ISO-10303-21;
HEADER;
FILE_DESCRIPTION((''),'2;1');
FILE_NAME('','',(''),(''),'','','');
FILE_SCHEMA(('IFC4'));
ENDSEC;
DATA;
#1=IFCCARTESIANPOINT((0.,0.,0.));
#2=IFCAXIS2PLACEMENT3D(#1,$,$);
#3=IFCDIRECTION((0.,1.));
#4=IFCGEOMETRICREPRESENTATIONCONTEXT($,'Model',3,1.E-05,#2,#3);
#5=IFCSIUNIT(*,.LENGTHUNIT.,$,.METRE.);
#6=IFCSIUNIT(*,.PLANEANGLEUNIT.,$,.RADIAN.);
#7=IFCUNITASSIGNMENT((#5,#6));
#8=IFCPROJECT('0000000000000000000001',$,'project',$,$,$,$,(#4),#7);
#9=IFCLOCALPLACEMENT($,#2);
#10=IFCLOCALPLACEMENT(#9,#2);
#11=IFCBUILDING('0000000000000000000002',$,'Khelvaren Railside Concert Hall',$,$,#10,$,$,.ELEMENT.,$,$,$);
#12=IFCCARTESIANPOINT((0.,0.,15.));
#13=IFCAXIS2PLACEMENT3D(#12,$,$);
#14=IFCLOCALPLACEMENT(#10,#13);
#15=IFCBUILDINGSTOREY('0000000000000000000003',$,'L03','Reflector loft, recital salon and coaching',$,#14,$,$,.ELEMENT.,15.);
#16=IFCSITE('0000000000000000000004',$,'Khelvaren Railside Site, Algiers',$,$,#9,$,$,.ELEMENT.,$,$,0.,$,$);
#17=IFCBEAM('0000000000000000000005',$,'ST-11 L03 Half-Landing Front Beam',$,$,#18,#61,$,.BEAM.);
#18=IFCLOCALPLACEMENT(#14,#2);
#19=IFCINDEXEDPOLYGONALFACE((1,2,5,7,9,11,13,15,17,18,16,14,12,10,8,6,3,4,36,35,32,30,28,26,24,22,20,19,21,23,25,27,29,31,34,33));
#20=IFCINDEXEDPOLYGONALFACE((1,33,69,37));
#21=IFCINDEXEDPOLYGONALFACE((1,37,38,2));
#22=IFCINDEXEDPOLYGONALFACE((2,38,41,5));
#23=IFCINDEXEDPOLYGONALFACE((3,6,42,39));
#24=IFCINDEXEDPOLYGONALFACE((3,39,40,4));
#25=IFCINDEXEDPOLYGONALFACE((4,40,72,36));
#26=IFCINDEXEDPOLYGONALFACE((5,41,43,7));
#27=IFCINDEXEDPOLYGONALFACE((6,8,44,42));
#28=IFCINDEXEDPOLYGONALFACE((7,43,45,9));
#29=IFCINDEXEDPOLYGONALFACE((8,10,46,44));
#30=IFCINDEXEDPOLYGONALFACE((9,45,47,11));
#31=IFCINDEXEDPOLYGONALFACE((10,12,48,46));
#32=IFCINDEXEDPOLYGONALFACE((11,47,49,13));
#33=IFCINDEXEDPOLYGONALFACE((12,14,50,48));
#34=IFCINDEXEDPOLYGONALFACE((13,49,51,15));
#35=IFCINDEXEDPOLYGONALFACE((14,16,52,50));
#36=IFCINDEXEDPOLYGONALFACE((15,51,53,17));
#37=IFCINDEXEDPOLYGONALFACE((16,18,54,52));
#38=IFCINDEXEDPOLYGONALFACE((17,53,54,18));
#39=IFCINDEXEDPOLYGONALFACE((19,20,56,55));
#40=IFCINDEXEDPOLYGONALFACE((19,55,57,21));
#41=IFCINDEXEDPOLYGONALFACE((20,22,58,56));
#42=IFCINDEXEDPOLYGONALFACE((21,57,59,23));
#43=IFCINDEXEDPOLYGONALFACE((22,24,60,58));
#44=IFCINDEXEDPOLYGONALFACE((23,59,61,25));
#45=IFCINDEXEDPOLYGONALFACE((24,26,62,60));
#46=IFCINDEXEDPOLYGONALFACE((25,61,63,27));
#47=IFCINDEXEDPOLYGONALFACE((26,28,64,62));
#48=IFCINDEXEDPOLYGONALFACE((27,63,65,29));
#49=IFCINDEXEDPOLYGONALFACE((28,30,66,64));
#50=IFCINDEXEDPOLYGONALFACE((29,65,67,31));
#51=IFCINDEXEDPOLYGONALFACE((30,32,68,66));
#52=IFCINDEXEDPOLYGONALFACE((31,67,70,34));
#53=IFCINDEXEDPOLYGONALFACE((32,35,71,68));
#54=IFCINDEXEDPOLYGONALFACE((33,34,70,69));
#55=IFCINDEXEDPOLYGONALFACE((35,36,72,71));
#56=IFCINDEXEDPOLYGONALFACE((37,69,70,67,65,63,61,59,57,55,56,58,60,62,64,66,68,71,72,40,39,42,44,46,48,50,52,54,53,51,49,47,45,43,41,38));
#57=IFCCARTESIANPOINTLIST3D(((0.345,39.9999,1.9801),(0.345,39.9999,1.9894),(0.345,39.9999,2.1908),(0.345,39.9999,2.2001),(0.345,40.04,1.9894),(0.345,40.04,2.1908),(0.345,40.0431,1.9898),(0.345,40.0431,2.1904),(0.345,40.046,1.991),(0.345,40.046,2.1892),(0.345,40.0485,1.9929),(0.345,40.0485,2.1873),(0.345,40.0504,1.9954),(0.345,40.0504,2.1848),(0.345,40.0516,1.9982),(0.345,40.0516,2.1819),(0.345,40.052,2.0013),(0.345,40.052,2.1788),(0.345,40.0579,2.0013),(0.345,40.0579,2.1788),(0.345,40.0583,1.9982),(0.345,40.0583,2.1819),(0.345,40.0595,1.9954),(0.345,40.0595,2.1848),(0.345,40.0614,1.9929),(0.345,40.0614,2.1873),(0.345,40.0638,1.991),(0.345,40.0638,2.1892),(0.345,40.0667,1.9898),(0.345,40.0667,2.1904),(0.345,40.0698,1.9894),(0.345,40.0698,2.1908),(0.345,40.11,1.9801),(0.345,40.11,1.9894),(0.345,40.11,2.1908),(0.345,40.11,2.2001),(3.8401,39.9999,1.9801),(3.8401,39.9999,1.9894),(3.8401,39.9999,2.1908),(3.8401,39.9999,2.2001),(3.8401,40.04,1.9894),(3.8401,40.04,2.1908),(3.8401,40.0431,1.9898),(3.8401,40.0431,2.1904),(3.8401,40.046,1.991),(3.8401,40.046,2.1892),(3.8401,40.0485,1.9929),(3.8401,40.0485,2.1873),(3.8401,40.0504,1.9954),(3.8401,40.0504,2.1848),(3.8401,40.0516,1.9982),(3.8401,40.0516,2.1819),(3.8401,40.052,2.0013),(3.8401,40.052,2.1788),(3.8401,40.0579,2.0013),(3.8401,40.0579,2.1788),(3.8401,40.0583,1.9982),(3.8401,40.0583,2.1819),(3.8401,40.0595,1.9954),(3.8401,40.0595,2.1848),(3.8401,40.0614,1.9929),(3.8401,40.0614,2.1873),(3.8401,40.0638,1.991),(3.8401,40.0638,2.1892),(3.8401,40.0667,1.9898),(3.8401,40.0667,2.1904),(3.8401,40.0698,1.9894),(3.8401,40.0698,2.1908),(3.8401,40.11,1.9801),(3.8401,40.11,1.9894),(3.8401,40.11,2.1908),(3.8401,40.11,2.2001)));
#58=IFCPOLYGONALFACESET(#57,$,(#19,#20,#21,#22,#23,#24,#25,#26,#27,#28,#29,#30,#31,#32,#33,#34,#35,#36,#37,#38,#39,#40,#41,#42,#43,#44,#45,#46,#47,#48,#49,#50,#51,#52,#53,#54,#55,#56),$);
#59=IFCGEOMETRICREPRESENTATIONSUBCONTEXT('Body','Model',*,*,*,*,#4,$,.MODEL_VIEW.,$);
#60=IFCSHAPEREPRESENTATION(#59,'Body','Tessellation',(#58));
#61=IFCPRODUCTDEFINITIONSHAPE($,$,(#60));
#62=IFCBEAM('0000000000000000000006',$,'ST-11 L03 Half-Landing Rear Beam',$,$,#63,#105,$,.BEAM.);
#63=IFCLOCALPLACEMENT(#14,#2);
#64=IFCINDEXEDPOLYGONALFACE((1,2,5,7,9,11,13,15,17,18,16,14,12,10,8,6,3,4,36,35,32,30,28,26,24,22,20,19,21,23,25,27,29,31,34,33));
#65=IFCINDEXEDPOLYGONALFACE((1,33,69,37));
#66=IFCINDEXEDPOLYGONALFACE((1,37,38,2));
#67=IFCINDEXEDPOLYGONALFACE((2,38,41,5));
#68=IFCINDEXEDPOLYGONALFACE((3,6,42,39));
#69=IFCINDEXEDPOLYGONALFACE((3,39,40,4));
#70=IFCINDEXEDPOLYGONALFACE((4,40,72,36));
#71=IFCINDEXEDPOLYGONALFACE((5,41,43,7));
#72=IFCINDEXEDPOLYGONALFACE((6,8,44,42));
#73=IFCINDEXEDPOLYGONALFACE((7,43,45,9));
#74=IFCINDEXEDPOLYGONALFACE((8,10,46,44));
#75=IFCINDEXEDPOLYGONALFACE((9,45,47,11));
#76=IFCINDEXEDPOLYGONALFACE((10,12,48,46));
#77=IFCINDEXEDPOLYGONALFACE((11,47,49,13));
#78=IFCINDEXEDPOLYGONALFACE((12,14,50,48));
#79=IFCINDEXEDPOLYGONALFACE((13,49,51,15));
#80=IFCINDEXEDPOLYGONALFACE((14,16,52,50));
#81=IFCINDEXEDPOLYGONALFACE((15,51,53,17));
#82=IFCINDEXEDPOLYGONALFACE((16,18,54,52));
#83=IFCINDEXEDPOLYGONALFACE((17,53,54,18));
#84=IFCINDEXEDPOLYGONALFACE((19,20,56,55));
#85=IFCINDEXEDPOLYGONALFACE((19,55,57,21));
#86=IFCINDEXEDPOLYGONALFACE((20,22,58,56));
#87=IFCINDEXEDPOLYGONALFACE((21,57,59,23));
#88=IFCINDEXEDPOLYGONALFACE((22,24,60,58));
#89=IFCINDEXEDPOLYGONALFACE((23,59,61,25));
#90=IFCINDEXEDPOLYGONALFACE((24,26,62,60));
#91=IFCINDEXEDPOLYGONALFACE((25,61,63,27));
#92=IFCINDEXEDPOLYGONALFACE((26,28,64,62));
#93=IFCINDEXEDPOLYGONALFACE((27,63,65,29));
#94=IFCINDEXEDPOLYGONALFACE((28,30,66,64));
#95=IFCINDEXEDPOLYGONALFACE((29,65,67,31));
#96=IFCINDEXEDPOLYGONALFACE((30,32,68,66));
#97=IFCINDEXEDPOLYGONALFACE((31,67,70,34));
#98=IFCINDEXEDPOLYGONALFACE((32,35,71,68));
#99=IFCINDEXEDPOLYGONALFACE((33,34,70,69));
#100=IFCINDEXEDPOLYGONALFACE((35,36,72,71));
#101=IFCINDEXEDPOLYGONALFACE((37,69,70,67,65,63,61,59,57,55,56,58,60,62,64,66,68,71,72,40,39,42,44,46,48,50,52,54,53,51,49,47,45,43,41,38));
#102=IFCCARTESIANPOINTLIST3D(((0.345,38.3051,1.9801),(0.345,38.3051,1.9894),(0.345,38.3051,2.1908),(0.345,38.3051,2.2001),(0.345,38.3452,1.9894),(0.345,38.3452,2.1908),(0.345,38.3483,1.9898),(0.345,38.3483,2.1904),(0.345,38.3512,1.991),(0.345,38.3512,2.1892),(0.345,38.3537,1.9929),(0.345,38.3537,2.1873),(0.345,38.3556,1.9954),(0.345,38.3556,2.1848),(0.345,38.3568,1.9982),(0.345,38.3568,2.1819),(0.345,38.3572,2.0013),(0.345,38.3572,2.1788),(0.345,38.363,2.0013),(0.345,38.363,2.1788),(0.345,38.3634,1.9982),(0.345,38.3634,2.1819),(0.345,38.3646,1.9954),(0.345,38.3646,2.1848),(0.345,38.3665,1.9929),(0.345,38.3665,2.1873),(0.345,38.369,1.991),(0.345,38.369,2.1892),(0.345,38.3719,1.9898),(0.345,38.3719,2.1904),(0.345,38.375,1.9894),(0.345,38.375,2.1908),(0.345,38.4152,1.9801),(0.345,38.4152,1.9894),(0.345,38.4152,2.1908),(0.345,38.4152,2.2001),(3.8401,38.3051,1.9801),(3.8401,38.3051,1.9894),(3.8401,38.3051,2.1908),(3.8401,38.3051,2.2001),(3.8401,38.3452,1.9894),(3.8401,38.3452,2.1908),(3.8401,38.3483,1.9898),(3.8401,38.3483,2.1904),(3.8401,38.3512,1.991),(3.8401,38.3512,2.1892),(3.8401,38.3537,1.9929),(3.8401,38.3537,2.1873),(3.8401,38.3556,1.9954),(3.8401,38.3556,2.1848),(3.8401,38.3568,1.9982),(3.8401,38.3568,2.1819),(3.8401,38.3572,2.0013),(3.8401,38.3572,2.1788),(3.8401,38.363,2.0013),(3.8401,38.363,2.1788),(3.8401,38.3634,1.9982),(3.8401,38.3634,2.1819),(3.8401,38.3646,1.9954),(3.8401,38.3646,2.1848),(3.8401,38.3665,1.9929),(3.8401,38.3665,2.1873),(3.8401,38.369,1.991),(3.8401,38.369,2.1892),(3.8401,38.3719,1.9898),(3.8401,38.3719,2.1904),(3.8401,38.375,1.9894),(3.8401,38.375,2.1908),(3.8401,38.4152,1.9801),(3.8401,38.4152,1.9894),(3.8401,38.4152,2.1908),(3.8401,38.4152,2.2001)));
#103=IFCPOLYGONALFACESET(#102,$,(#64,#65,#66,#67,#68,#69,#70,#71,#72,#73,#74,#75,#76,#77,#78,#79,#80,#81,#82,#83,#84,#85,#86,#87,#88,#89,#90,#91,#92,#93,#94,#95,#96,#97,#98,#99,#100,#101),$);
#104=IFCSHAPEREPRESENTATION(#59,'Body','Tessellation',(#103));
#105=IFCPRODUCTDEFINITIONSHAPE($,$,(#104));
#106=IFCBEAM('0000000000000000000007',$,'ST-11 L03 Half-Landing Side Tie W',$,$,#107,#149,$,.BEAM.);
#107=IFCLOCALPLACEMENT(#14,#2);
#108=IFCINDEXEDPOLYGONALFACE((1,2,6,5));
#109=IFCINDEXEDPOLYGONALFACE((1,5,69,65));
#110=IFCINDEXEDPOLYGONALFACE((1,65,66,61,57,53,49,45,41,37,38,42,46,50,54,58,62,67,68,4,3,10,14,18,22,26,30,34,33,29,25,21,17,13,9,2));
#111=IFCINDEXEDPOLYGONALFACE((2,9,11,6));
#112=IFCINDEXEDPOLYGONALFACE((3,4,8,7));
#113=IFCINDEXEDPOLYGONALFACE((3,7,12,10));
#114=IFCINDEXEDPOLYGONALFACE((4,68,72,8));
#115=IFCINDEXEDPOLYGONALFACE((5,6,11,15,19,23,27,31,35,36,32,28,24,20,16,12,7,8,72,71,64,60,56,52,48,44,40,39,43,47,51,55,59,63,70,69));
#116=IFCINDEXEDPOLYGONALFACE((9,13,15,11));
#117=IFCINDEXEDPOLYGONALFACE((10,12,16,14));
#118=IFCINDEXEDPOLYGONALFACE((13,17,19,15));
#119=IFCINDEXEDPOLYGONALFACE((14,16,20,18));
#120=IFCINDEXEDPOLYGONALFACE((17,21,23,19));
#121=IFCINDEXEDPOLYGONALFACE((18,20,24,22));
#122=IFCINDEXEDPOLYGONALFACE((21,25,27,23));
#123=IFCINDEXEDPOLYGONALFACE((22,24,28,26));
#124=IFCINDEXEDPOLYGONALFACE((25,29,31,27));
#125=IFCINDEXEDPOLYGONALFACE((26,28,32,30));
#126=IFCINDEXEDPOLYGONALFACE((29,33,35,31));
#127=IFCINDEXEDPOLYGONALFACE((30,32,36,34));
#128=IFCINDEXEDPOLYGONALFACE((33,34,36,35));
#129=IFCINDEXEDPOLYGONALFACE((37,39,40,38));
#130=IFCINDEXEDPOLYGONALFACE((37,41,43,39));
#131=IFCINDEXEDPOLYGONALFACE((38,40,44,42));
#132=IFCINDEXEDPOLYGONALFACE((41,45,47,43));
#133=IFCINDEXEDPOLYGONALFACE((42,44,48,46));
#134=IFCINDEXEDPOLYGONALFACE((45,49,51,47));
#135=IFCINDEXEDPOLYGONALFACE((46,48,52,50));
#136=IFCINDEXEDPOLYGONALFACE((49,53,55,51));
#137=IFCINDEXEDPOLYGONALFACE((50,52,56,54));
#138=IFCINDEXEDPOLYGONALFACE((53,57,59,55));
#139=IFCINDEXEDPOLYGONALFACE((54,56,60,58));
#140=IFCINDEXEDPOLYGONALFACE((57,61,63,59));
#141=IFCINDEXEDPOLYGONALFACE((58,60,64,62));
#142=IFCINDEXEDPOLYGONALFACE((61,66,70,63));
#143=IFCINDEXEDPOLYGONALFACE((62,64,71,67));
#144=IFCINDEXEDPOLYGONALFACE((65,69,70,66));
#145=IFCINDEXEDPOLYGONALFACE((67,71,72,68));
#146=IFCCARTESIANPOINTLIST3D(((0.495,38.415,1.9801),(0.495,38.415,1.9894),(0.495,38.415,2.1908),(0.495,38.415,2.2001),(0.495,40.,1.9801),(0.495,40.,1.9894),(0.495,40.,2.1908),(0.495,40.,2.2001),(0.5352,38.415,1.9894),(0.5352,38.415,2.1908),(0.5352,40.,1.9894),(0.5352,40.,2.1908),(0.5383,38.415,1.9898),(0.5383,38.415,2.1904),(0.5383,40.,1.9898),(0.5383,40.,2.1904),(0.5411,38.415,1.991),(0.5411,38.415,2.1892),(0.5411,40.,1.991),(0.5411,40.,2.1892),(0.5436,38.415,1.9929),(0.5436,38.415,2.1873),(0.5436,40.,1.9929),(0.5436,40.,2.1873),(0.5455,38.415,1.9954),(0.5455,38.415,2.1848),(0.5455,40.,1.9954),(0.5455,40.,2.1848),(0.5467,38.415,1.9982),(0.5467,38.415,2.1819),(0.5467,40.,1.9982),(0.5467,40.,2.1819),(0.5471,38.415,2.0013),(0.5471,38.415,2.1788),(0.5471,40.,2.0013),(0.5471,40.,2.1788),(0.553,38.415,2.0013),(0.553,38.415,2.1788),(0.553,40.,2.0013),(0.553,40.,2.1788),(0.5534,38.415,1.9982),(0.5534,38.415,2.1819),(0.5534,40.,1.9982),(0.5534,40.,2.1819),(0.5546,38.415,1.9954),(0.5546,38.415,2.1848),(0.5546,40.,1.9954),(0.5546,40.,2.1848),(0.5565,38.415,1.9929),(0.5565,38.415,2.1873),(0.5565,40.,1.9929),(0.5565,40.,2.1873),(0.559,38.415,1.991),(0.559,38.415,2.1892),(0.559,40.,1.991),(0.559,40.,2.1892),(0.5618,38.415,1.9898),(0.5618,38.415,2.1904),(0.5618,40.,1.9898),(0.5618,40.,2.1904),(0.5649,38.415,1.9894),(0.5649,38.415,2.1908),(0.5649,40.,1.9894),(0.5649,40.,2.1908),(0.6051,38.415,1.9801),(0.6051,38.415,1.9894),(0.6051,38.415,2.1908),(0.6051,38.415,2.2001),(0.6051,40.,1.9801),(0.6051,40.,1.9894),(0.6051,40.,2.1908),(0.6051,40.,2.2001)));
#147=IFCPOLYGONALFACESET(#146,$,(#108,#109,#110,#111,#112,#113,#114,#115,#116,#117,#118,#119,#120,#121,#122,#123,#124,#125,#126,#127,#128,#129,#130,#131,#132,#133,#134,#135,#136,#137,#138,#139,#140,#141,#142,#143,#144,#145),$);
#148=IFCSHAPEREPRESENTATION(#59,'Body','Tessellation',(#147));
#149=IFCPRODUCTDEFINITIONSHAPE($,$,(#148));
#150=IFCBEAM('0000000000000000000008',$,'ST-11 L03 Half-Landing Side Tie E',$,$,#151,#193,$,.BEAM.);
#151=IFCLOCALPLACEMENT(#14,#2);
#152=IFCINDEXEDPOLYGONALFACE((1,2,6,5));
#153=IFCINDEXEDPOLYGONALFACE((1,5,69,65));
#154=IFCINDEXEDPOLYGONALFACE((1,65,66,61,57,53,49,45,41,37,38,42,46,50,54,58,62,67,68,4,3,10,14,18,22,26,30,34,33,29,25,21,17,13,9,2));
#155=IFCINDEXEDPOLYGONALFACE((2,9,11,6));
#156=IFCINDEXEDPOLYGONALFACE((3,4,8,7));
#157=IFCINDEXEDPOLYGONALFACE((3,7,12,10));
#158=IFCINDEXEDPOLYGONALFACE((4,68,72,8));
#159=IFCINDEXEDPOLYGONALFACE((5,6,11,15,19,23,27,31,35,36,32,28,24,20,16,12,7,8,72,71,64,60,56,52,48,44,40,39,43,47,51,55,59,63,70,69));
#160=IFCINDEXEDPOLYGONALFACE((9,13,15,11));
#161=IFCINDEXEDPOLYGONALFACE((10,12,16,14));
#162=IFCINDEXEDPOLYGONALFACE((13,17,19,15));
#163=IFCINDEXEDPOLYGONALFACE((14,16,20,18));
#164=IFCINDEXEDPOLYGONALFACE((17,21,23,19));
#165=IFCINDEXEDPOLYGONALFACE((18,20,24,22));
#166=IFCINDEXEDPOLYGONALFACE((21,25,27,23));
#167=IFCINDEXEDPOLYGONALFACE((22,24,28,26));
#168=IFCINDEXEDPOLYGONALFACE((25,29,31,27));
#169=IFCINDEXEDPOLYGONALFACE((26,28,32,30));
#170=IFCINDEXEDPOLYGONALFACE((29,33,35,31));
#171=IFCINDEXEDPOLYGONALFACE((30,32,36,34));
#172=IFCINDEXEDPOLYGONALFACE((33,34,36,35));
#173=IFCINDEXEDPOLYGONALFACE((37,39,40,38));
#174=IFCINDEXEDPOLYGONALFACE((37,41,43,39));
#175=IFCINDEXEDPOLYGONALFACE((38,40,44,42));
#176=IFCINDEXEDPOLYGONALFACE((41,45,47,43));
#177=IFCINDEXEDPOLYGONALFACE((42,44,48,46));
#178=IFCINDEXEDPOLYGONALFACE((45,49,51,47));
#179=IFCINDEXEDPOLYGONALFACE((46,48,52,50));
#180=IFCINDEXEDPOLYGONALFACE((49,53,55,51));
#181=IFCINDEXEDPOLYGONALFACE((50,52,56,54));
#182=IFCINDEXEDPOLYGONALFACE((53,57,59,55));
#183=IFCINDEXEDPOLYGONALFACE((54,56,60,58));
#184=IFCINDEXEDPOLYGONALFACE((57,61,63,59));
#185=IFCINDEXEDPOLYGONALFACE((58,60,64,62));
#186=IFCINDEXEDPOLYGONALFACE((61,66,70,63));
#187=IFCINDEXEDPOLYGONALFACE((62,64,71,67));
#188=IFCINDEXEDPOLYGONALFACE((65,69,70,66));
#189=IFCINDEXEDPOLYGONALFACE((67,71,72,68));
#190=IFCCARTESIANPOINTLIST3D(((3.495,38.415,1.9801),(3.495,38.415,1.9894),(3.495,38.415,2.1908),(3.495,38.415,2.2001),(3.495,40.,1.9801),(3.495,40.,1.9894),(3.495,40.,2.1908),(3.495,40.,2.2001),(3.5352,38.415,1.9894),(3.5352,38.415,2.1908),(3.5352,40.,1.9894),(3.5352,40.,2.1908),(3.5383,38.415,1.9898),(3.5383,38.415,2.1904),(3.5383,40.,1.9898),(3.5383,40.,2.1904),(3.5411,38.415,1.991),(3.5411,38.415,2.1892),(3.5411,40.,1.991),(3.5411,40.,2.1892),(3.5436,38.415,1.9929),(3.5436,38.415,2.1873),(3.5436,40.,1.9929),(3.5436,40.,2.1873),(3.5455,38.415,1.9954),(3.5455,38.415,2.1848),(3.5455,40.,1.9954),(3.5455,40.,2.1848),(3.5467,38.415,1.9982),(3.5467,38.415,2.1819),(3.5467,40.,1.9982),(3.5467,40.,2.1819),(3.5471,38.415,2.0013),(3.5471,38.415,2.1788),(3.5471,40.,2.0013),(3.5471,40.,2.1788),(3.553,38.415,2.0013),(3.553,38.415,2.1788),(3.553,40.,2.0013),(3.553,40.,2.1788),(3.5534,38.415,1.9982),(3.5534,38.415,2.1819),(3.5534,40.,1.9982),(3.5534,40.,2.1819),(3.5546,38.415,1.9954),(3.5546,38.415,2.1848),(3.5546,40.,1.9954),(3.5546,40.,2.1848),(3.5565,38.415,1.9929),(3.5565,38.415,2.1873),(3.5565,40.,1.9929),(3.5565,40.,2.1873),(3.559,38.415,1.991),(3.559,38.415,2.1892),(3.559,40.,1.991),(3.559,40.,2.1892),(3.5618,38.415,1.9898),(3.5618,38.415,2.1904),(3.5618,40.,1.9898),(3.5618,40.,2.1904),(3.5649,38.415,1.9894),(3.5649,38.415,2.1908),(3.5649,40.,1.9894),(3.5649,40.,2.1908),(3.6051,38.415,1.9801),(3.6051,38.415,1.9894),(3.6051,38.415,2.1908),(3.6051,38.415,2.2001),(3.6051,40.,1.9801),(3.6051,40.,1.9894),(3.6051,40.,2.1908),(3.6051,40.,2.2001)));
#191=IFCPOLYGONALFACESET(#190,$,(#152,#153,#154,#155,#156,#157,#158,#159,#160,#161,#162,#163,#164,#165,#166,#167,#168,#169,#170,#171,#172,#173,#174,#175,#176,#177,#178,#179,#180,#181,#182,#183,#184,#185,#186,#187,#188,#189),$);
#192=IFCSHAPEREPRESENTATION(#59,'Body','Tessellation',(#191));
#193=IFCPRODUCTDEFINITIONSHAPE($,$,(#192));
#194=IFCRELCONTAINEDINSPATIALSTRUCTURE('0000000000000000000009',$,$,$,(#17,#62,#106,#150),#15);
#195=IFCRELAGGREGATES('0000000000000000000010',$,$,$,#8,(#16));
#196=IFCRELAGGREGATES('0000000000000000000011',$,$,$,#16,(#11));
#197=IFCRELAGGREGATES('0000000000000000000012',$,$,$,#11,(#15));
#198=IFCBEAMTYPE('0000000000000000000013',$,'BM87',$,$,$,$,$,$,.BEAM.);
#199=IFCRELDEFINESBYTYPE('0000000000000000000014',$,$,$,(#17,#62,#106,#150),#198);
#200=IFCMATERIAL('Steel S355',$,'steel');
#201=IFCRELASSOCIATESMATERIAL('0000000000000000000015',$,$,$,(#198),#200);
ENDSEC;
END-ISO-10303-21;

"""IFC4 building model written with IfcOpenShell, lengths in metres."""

from ifc_helpers import new_model, si_unit, direction, frame, origin, origin_2d, place, context, subcontext, project, spatial, i_section, extrude, material, material_profile, profile_set, type_object, element, save


model = new_model("IFC4")

# Units and contexts
model_context = context("Model", 3, precision=1e-05, world=origin(), true_north=direction((0.0, 1.0)))
body_context = subcontext(model_context, "Body", "Model", "MODEL_VIEW")
ifc_project = project(units=[si_unit("LENGTHUNIT", "METRE"), si_unit("PLANEANGLEUNIT", "RADIAN")], contexts=[model_context])

# Site, building, storey
site_placement = place(None, origin())
site = spatial("IfcSite", under=ifc_project, at=site_placement, Name="Khelvaren Railside Site, Algiers", CompositionType="ELEMENT", RefElevation=0.0)
building_placement = place(site_placement, origin())
building = spatial("IfcBuilding", under=site, at=building_placement, Name="Khelvaren Railside Concert Hall", CompositionType="ELEMENT")
storey_placement = place(building_placement, frame((0.0, 0.0, 15.0)))
storey = spatial("IfcBuildingStorey", under=building, at=storey_placement, Name="L03", Description="Reflector loft, recital salon and coaching", CompositionType="ELEMENT", Elevation=15.0)

# Beams
ifc_material_1 = material(Name="Steel S355", Category="steel")
ifc_material_profile_1 = material_profile(ifc_material_1, i_section(OverallWidth=0.1101, OverallDepth=0.22, WebThickness=0.0059, FlangeThickness=0.0093, FilletRadius=0.012, at=origin_2d()), Name="IPE 220")
ifc_profile_set_1 = profile_set([ifc_material_profile_1], Name="Steel S355")
beam_type_1 = type_object("IfcBeamType", Name="BM87", PredefinedType="BEAM", material=ifc_profile_set_1)
for number, where, z_axis, x_axis, name in (
    (1, (0.345, 40.0549, 2.0901), (1.0, 0.0, 0.0), (0.0, 1.0, 0.0), "ST-11 L03 Half-Landing Front Beam"),
    (2, (0.345, 38.3601, 2.0901), (1.0, 0.0, 0.0), (0.0, 1.0, 0.0), "ST-11 L03 Half-Landing Rear Beam"),
):
    element("IfcBeam", number, at=place(storey_placement, frame(where, z_axis=z_axis, x_axis=x_axis)), inside=storey, type_object=beam_type_1, Name=name, PredefinedType="BEAM", context=body_context, shape_type="SweptSolid", body=[
        extrude(i_section(OverallWidth=0.1101, OverallDepth=0.22, WebThickness=0.0059, FlangeThickness=0.0093, FilletRadius=0.012, at=origin_2d()), origin(), (0.0, 0.0, 1.0), 3.4951),
    ])
for number, where, z_axis, x_axis, name in (
    (3, (0.55, 38.415, 2.0901), (0.0, 1.0, 0.0), (-1.0, 0.0, 0.0), "ST-11 L03 Half-Landing Side Tie W"),
    (4, (3.55, 38.415, 2.0901), (0.0, 1.0, 0.0), (-1.0, 0.0, 0.0), "ST-11 L03 Half-Landing Side Tie E"),
):
    element("IfcBeam", number, at=place(storey_placement, frame(where, z_axis=z_axis, x_axis=x_axis)), inside=storey, type_object=beam_type_1, Name=name, PredefinedType="BEAM", context=body_context, shape_type="SweptSolid", body=[
        extrude(i_section(OverallWidth=0.1101, OverallDepth=0.22, WebThickness=0.0059, FlangeThickness=0.0093, FilletRadius=0.012, at=origin_2d()), origin(), (0.0, 0.0, 1.0), 1.585),
    ])

save(model, "model.ifc")
